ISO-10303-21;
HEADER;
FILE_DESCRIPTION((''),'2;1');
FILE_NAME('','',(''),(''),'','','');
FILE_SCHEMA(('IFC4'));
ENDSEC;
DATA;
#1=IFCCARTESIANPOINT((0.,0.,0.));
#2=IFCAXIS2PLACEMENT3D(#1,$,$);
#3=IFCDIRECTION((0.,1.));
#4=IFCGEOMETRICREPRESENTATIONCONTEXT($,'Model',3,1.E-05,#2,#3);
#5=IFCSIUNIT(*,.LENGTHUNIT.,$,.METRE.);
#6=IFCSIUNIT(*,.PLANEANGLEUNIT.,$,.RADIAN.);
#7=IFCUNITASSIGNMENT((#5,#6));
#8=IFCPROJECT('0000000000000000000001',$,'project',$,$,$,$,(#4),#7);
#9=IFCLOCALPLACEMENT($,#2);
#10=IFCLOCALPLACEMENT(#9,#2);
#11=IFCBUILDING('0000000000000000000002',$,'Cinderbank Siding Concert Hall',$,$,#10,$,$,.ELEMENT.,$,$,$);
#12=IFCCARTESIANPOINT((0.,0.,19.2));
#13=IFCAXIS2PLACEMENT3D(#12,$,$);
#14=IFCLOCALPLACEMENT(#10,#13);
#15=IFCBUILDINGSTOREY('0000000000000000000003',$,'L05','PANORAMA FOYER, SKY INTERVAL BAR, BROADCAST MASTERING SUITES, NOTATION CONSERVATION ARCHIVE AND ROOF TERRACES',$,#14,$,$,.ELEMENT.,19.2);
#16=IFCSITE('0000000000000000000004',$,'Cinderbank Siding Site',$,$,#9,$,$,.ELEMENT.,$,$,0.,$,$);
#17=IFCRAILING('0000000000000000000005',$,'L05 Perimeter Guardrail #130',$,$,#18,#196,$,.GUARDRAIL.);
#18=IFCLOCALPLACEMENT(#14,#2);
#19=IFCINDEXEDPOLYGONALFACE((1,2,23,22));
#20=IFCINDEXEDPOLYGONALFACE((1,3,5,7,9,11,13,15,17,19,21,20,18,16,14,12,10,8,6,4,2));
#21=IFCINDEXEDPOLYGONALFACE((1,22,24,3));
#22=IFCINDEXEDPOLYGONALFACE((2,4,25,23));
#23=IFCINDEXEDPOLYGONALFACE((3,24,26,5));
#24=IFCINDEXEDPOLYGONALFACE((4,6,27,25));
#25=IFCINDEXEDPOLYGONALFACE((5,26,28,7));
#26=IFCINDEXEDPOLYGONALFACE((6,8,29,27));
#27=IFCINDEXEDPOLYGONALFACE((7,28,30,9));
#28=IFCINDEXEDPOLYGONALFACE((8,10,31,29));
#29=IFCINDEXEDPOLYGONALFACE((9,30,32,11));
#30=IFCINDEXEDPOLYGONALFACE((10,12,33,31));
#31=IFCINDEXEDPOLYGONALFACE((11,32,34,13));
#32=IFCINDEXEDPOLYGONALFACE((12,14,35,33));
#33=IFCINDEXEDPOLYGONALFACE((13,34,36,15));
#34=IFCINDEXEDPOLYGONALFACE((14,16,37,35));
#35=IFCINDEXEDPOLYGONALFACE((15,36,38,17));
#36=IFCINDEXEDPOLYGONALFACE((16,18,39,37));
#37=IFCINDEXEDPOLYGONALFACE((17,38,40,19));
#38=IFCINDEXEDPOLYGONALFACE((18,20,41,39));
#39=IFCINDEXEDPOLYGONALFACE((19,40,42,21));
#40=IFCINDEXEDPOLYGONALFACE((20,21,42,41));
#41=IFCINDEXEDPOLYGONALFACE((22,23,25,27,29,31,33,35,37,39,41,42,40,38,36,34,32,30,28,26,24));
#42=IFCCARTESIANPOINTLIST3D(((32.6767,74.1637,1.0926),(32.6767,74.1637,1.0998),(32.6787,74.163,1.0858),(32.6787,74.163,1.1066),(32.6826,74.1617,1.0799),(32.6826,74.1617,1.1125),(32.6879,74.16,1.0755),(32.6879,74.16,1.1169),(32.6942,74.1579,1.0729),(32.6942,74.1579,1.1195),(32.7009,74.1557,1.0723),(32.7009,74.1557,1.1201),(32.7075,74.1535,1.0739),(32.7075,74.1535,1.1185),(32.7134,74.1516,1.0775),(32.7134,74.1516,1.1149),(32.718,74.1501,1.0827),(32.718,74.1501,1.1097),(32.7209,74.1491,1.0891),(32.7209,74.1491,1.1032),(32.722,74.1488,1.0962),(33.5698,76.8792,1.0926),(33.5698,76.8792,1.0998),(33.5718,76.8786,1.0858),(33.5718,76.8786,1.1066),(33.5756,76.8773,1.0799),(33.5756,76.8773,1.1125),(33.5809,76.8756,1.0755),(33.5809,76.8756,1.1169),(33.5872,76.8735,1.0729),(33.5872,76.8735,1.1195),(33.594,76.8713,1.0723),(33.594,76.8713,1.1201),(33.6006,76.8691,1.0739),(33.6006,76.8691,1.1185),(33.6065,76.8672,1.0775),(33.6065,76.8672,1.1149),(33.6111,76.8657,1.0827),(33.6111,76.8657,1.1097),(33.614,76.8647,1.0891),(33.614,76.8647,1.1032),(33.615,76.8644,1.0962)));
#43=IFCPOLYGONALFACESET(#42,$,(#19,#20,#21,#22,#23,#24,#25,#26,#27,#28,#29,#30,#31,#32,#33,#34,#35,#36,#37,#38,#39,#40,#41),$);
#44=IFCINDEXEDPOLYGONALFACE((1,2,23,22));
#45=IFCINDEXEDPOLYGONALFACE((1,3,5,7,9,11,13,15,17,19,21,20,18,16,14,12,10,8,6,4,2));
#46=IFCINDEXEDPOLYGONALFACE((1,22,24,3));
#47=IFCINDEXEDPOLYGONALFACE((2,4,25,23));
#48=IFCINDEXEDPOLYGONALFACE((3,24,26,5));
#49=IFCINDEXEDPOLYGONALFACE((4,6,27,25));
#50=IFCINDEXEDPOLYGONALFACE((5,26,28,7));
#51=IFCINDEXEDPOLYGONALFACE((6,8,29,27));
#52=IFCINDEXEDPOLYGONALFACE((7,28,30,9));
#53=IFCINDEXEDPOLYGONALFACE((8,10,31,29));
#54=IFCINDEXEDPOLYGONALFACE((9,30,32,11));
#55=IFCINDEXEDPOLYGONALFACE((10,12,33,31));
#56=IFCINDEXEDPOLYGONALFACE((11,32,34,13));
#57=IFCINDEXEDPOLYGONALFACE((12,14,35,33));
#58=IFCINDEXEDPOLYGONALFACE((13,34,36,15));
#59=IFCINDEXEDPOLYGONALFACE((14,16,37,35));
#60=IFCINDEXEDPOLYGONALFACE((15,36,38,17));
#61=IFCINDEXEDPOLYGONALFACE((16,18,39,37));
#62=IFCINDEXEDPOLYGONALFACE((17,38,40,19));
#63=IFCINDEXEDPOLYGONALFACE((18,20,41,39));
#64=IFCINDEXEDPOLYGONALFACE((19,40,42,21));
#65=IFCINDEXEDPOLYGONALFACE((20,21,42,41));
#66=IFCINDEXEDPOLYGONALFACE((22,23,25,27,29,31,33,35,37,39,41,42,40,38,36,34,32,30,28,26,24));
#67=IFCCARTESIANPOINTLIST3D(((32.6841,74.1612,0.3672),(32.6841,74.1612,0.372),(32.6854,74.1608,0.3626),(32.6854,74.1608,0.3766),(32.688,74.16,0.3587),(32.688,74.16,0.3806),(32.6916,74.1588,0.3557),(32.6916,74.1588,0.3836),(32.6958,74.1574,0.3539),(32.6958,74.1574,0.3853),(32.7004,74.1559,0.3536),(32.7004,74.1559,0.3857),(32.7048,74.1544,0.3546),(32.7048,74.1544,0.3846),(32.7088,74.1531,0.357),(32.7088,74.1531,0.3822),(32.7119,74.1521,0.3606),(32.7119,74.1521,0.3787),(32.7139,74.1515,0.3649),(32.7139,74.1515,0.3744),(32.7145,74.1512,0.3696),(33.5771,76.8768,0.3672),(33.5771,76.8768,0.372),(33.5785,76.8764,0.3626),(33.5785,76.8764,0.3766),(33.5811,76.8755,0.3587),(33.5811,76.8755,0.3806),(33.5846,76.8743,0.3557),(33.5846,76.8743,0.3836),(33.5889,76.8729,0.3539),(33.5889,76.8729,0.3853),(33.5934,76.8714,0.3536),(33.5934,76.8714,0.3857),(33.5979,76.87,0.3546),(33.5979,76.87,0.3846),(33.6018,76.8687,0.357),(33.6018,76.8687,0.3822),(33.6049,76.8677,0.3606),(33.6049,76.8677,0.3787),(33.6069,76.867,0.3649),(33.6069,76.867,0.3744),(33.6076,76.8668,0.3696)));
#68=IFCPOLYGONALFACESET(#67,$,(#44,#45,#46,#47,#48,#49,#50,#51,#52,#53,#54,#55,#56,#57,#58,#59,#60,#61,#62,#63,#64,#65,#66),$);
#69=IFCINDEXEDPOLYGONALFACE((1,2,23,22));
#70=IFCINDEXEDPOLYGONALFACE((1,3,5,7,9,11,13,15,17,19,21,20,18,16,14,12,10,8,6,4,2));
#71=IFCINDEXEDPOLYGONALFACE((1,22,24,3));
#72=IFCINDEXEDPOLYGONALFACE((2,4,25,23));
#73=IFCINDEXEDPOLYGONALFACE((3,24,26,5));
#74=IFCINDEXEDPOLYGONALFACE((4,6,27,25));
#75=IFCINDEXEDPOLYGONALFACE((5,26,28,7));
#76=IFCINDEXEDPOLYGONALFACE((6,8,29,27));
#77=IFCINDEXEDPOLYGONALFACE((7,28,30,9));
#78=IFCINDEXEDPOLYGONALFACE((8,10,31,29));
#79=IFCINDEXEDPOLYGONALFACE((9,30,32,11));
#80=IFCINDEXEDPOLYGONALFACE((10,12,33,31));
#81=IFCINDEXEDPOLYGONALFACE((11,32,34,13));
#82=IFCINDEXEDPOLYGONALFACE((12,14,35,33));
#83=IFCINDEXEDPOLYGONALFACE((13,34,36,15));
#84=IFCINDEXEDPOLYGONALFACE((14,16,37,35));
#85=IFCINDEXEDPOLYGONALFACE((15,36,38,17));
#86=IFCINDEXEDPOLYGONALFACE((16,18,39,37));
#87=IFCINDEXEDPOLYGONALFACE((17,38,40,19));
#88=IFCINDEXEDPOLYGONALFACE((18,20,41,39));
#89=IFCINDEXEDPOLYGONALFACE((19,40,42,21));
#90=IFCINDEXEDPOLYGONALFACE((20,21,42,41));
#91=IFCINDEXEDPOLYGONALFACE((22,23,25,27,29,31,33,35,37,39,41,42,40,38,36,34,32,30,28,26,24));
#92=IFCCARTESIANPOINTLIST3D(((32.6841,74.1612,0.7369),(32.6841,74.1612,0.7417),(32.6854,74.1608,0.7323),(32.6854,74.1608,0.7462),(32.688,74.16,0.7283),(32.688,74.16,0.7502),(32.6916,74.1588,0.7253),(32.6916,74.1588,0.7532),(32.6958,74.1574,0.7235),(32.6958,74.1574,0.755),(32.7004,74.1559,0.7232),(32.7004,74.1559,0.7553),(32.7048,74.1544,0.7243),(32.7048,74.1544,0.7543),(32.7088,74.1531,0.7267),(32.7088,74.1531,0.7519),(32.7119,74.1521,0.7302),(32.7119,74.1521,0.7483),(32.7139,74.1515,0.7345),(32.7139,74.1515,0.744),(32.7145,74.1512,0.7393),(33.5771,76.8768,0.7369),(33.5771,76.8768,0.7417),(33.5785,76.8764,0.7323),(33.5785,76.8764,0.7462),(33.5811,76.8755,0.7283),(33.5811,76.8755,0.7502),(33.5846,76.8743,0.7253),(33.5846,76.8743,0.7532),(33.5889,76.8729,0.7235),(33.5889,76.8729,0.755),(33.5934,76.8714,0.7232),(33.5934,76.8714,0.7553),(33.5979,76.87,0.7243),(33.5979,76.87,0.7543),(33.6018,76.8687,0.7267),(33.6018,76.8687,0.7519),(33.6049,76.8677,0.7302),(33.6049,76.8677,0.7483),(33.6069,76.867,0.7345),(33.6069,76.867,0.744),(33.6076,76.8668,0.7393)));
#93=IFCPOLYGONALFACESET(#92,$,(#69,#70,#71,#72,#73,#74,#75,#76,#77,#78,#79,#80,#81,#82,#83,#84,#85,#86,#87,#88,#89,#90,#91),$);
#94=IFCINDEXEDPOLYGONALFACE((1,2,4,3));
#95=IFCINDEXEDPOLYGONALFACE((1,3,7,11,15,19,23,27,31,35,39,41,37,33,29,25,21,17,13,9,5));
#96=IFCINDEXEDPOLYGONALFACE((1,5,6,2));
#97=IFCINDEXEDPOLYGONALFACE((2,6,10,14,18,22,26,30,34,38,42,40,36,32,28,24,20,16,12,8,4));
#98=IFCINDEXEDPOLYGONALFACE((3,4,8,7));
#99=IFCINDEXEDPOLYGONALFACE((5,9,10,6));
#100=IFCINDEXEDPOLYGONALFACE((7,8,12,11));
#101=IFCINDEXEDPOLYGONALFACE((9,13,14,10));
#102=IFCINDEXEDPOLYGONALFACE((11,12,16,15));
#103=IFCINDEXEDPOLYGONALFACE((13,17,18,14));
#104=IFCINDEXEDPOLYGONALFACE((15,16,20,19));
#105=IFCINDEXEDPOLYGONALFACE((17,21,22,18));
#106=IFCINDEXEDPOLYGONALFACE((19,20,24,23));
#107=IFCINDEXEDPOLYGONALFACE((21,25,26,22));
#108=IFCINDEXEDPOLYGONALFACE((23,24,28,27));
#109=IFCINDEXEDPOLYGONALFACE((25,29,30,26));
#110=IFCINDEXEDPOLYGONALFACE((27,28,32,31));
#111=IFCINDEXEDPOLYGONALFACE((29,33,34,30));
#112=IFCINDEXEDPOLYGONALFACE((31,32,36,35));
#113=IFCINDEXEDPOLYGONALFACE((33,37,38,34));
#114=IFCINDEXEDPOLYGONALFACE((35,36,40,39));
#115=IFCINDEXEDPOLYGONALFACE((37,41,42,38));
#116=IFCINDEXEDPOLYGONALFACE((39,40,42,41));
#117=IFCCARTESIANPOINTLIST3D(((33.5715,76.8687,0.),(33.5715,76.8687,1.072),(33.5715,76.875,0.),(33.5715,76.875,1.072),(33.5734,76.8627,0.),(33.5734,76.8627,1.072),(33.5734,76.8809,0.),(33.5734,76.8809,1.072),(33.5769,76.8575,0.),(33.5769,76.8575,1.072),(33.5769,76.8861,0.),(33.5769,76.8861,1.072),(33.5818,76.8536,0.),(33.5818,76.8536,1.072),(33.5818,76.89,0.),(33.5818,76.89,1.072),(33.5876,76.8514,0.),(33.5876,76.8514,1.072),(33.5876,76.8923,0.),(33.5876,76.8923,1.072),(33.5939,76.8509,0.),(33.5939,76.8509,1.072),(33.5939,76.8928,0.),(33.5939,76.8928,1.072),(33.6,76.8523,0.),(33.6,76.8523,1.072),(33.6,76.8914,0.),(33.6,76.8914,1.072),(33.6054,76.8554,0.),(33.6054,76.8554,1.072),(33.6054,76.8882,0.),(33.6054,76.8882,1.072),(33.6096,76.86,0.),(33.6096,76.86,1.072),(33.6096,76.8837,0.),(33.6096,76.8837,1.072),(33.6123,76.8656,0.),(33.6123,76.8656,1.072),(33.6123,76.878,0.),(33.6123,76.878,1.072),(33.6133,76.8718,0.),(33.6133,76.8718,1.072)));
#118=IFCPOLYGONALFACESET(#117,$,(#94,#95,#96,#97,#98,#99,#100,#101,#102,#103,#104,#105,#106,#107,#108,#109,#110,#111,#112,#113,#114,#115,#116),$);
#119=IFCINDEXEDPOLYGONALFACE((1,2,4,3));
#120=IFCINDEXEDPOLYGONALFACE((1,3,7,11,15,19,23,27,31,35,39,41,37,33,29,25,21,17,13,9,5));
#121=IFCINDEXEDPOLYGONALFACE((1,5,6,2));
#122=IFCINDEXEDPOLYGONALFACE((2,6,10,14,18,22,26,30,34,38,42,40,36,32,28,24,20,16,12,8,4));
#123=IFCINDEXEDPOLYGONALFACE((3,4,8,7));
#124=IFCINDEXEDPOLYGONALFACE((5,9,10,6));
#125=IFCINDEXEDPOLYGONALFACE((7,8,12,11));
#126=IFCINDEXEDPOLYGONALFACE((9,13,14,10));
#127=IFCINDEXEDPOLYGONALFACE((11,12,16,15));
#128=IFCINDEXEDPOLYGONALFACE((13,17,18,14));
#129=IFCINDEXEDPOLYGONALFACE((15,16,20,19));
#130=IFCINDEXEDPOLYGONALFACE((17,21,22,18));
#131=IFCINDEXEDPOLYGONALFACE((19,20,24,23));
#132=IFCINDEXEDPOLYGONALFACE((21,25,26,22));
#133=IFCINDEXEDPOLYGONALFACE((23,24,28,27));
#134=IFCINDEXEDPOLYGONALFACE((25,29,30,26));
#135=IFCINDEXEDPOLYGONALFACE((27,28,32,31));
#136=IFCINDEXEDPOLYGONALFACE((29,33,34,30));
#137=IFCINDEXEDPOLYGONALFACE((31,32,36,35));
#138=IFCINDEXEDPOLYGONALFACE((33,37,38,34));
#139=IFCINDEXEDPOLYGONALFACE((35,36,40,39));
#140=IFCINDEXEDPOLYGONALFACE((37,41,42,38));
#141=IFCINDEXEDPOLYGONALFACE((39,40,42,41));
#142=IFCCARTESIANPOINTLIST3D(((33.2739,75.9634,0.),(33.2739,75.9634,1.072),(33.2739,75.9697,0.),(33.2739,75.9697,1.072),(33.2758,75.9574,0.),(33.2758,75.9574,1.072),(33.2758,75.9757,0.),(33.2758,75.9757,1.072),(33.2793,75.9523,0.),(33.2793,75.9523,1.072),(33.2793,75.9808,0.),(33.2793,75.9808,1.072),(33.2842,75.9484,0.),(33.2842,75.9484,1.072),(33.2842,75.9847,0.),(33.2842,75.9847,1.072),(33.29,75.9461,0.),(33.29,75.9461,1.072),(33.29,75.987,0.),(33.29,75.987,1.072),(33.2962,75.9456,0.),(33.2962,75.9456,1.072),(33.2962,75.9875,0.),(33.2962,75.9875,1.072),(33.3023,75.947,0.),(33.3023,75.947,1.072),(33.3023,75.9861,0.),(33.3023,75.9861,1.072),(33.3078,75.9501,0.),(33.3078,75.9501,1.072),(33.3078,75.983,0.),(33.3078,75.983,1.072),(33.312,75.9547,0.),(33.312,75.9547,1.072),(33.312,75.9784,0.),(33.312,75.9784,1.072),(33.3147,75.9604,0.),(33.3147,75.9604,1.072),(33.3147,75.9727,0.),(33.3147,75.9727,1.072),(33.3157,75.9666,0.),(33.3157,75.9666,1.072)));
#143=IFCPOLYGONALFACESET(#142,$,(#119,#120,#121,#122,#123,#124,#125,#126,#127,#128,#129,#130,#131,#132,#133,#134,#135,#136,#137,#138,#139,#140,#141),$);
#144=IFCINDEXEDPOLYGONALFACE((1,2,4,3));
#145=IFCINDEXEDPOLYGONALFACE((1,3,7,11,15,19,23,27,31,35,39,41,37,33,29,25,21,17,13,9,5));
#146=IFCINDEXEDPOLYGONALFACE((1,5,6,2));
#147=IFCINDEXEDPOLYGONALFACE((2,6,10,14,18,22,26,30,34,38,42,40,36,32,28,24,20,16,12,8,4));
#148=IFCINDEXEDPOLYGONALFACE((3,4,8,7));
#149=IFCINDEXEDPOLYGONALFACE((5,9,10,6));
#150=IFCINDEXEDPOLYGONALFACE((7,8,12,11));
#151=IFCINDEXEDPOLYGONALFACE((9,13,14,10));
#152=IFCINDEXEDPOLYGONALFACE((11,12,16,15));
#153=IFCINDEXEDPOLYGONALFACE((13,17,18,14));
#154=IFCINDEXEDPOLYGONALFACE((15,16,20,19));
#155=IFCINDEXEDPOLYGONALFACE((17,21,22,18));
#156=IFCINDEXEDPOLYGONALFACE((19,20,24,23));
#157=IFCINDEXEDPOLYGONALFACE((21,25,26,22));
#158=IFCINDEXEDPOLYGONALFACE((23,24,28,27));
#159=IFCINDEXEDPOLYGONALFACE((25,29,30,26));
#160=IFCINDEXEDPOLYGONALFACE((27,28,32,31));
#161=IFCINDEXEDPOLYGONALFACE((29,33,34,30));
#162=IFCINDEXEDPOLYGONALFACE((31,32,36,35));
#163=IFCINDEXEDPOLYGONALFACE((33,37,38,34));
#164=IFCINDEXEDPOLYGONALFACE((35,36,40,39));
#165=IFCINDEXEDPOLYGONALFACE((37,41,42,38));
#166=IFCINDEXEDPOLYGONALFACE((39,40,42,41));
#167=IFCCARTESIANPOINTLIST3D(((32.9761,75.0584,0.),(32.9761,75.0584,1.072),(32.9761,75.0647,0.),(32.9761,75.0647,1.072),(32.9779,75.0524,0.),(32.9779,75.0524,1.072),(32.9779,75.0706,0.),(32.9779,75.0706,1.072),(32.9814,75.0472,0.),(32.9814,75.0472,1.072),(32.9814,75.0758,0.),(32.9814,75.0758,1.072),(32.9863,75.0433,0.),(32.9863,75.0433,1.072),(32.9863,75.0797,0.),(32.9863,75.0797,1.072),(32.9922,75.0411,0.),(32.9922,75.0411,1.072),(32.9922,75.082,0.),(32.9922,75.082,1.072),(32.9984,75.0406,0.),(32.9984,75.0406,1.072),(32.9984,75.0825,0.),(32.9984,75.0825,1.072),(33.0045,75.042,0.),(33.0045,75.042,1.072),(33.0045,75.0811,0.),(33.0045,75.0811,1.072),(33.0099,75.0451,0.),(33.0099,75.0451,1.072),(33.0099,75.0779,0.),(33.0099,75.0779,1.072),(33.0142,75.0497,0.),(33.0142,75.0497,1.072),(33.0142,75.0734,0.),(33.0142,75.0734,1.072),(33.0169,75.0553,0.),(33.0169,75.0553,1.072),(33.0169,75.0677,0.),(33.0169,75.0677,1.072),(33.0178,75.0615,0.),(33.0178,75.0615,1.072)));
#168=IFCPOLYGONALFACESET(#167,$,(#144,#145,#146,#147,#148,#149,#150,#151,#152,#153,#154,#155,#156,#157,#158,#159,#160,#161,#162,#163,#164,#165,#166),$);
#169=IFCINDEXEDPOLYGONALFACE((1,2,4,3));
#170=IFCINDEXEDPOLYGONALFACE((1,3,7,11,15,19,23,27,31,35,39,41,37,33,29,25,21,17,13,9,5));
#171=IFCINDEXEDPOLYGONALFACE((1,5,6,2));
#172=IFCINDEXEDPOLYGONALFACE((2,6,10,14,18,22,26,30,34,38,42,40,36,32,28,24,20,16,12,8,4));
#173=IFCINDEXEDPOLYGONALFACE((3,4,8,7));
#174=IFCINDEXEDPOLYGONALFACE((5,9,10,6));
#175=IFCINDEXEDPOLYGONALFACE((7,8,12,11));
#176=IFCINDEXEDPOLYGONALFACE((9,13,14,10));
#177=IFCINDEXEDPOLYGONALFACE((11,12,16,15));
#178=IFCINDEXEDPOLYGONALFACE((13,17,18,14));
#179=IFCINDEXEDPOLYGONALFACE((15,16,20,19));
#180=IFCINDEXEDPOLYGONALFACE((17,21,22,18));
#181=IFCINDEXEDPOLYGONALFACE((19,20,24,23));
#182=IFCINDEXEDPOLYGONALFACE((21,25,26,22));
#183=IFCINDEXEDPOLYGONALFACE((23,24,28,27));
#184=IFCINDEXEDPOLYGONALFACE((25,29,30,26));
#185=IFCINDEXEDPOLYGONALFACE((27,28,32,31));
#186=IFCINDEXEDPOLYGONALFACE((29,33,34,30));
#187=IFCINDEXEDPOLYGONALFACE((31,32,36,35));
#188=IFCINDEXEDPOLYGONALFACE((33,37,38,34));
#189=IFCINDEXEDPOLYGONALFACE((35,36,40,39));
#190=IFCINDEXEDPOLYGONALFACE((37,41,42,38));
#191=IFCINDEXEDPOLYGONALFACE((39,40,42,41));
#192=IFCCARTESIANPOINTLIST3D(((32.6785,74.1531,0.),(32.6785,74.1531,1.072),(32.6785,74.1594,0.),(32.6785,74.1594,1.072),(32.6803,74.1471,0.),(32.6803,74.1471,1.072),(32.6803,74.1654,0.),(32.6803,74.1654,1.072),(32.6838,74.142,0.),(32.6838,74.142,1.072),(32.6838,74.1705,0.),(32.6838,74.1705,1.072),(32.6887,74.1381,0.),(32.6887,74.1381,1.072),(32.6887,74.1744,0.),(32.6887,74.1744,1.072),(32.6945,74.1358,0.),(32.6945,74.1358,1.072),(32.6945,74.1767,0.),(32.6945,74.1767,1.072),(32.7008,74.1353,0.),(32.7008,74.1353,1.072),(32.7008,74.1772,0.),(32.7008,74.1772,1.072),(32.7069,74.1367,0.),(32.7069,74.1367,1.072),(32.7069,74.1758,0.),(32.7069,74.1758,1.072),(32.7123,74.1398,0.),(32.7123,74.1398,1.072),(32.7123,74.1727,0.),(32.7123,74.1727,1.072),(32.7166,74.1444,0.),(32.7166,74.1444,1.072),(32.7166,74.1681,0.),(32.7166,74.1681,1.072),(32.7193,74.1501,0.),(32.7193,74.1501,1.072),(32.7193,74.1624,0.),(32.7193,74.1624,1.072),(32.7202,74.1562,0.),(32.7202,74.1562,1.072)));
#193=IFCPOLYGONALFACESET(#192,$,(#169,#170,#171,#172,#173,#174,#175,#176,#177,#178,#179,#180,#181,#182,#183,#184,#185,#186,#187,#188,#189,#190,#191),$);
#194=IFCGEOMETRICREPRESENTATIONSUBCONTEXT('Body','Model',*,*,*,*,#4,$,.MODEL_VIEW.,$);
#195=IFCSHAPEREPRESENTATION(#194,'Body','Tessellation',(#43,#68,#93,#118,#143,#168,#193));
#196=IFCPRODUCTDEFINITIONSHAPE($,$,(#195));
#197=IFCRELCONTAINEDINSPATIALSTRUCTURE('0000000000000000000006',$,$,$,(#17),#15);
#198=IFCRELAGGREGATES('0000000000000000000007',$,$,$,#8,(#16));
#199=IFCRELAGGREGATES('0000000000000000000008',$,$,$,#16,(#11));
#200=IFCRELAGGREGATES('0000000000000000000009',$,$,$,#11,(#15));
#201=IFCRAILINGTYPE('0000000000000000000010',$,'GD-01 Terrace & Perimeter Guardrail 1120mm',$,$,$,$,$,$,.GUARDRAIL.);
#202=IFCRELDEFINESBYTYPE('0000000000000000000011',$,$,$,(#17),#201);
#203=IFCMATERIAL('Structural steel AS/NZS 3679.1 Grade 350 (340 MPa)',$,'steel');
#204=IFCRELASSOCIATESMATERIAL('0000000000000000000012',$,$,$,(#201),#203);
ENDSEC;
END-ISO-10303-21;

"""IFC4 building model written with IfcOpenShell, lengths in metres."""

from ifc_helpers import new_model, si_unit, direction, frame, origin, origin_2d, place, context, subcontext, project, spatial, circle, extrude, material, type_object, element, save


model = new_model("IFC4")

# Units and contexts
model_context = context("Model", 3, precision=1e-05, world=origin(), true_north=direction((0.0, 1.0)))
body_context = subcontext(model_context, "Body", "Model", "MODEL_VIEW")
ifc_project = project(units=[si_unit("LENGTHUNIT", "METRE"), si_unit("PLANEANGLEUNIT", "RADIAN")], contexts=[model_context])

# Site, building, storey
site_placement = place(None, origin())
site = spatial("IfcSite", under=ifc_project, at=site_placement, Name="Cinderbank Siding Site", CompositionType="ELEMENT", RefElevation=0.0)
building_placement = place(site_placement, origin())
building = spatial("IfcBuilding", under=site, at=building_placement, Name="Cinderbank Siding Concert Hall", CompositionType="ELEMENT")
storey_placement = place(building_placement, frame((0.0, 0.0, 19.2)))
storey = spatial("IfcBuildingStorey", under=building, at=storey_placement, Name="L05", Description="PANORAMA FOYER, SKY INTERVAL BAR, BROADCAST MASTERING SUITES, NOTATION CONSERVATION ARCHIVE AND ROOF TERRACES", CompositionType="ELEMENT", Elevation=19.2)

# Railing
ifc_material_1 = material(Name="Structural steel AS/NZS 3679.1 Grade 350 (340 MPa)", Category="steel")
railing_type = type_object("IfcRailingType", Name="GD-01 Terrace & Perimeter Guardrail 1120mm", PredefinedType="GUARDRAIL", material=ifc_material_1)
railing_1_placement = place(storey_placement, frame((33.5923, 76.8718, 0.0)))
element("IfcRailing", 1, at=railing_1_placement, inside=storey, type_object=railing_type, Name="L05 Perimeter Guardrail #130", PredefinedType="GUARDRAIL", context=body_context, shape_type="SweptSolid", body=[
    extrude(circle(Radius=0.0239, at=origin_2d()), frame((0.0, 0.0, 1.0962), z_axis=(-0.312408, -0.949948, 0.0), x_axis=(0.949948, -0.312408, 0.0)), (0.0, 0.0, 1.0), 2.8586),
    extrude(circle(Radius=0.0161, at=origin_2d()), frame((0.0, 0.0, 0.3696), z_axis=(-0.312408, -0.949948, 0.0), x_axis=(0.949948, -0.312408, 0.0)), (0.0, 0.0, 1.0), 2.8586),
    extrude(circle(Radius=0.0161, at=origin_2d()), frame((0.0, 0.0, 0.7393), z_axis=(-0.312408, -0.949948, 0.0), x_axis=(0.949948, -0.312408, 0.0)), (0.0, 0.0, 1.0), 2.8586),
    extrude(circle(Radius=0.021, at=origin_2d()), origin(), (0.0, 0.0, 1.0), 1.072),
    extrude(circle(Radius=0.021, at=origin_2d()), frame((-0.2976, -0.9053, 0.0)), (0.0, 0.0, 1.0), 1.072),
    extrude(circle(Radius=0.021, at=origin_2d()), frame((-0.5955, -1.8103, 0.0)), (0.0, 0.0, 1.0), 1.072),
    extrude(circle(Radius=0.021, at=origin_2d()), frame((-0.8931, -2.7156, 0.0)), (0.0, 0.0, 1.0), 1.072),
])

save(model, "model.ifc")
